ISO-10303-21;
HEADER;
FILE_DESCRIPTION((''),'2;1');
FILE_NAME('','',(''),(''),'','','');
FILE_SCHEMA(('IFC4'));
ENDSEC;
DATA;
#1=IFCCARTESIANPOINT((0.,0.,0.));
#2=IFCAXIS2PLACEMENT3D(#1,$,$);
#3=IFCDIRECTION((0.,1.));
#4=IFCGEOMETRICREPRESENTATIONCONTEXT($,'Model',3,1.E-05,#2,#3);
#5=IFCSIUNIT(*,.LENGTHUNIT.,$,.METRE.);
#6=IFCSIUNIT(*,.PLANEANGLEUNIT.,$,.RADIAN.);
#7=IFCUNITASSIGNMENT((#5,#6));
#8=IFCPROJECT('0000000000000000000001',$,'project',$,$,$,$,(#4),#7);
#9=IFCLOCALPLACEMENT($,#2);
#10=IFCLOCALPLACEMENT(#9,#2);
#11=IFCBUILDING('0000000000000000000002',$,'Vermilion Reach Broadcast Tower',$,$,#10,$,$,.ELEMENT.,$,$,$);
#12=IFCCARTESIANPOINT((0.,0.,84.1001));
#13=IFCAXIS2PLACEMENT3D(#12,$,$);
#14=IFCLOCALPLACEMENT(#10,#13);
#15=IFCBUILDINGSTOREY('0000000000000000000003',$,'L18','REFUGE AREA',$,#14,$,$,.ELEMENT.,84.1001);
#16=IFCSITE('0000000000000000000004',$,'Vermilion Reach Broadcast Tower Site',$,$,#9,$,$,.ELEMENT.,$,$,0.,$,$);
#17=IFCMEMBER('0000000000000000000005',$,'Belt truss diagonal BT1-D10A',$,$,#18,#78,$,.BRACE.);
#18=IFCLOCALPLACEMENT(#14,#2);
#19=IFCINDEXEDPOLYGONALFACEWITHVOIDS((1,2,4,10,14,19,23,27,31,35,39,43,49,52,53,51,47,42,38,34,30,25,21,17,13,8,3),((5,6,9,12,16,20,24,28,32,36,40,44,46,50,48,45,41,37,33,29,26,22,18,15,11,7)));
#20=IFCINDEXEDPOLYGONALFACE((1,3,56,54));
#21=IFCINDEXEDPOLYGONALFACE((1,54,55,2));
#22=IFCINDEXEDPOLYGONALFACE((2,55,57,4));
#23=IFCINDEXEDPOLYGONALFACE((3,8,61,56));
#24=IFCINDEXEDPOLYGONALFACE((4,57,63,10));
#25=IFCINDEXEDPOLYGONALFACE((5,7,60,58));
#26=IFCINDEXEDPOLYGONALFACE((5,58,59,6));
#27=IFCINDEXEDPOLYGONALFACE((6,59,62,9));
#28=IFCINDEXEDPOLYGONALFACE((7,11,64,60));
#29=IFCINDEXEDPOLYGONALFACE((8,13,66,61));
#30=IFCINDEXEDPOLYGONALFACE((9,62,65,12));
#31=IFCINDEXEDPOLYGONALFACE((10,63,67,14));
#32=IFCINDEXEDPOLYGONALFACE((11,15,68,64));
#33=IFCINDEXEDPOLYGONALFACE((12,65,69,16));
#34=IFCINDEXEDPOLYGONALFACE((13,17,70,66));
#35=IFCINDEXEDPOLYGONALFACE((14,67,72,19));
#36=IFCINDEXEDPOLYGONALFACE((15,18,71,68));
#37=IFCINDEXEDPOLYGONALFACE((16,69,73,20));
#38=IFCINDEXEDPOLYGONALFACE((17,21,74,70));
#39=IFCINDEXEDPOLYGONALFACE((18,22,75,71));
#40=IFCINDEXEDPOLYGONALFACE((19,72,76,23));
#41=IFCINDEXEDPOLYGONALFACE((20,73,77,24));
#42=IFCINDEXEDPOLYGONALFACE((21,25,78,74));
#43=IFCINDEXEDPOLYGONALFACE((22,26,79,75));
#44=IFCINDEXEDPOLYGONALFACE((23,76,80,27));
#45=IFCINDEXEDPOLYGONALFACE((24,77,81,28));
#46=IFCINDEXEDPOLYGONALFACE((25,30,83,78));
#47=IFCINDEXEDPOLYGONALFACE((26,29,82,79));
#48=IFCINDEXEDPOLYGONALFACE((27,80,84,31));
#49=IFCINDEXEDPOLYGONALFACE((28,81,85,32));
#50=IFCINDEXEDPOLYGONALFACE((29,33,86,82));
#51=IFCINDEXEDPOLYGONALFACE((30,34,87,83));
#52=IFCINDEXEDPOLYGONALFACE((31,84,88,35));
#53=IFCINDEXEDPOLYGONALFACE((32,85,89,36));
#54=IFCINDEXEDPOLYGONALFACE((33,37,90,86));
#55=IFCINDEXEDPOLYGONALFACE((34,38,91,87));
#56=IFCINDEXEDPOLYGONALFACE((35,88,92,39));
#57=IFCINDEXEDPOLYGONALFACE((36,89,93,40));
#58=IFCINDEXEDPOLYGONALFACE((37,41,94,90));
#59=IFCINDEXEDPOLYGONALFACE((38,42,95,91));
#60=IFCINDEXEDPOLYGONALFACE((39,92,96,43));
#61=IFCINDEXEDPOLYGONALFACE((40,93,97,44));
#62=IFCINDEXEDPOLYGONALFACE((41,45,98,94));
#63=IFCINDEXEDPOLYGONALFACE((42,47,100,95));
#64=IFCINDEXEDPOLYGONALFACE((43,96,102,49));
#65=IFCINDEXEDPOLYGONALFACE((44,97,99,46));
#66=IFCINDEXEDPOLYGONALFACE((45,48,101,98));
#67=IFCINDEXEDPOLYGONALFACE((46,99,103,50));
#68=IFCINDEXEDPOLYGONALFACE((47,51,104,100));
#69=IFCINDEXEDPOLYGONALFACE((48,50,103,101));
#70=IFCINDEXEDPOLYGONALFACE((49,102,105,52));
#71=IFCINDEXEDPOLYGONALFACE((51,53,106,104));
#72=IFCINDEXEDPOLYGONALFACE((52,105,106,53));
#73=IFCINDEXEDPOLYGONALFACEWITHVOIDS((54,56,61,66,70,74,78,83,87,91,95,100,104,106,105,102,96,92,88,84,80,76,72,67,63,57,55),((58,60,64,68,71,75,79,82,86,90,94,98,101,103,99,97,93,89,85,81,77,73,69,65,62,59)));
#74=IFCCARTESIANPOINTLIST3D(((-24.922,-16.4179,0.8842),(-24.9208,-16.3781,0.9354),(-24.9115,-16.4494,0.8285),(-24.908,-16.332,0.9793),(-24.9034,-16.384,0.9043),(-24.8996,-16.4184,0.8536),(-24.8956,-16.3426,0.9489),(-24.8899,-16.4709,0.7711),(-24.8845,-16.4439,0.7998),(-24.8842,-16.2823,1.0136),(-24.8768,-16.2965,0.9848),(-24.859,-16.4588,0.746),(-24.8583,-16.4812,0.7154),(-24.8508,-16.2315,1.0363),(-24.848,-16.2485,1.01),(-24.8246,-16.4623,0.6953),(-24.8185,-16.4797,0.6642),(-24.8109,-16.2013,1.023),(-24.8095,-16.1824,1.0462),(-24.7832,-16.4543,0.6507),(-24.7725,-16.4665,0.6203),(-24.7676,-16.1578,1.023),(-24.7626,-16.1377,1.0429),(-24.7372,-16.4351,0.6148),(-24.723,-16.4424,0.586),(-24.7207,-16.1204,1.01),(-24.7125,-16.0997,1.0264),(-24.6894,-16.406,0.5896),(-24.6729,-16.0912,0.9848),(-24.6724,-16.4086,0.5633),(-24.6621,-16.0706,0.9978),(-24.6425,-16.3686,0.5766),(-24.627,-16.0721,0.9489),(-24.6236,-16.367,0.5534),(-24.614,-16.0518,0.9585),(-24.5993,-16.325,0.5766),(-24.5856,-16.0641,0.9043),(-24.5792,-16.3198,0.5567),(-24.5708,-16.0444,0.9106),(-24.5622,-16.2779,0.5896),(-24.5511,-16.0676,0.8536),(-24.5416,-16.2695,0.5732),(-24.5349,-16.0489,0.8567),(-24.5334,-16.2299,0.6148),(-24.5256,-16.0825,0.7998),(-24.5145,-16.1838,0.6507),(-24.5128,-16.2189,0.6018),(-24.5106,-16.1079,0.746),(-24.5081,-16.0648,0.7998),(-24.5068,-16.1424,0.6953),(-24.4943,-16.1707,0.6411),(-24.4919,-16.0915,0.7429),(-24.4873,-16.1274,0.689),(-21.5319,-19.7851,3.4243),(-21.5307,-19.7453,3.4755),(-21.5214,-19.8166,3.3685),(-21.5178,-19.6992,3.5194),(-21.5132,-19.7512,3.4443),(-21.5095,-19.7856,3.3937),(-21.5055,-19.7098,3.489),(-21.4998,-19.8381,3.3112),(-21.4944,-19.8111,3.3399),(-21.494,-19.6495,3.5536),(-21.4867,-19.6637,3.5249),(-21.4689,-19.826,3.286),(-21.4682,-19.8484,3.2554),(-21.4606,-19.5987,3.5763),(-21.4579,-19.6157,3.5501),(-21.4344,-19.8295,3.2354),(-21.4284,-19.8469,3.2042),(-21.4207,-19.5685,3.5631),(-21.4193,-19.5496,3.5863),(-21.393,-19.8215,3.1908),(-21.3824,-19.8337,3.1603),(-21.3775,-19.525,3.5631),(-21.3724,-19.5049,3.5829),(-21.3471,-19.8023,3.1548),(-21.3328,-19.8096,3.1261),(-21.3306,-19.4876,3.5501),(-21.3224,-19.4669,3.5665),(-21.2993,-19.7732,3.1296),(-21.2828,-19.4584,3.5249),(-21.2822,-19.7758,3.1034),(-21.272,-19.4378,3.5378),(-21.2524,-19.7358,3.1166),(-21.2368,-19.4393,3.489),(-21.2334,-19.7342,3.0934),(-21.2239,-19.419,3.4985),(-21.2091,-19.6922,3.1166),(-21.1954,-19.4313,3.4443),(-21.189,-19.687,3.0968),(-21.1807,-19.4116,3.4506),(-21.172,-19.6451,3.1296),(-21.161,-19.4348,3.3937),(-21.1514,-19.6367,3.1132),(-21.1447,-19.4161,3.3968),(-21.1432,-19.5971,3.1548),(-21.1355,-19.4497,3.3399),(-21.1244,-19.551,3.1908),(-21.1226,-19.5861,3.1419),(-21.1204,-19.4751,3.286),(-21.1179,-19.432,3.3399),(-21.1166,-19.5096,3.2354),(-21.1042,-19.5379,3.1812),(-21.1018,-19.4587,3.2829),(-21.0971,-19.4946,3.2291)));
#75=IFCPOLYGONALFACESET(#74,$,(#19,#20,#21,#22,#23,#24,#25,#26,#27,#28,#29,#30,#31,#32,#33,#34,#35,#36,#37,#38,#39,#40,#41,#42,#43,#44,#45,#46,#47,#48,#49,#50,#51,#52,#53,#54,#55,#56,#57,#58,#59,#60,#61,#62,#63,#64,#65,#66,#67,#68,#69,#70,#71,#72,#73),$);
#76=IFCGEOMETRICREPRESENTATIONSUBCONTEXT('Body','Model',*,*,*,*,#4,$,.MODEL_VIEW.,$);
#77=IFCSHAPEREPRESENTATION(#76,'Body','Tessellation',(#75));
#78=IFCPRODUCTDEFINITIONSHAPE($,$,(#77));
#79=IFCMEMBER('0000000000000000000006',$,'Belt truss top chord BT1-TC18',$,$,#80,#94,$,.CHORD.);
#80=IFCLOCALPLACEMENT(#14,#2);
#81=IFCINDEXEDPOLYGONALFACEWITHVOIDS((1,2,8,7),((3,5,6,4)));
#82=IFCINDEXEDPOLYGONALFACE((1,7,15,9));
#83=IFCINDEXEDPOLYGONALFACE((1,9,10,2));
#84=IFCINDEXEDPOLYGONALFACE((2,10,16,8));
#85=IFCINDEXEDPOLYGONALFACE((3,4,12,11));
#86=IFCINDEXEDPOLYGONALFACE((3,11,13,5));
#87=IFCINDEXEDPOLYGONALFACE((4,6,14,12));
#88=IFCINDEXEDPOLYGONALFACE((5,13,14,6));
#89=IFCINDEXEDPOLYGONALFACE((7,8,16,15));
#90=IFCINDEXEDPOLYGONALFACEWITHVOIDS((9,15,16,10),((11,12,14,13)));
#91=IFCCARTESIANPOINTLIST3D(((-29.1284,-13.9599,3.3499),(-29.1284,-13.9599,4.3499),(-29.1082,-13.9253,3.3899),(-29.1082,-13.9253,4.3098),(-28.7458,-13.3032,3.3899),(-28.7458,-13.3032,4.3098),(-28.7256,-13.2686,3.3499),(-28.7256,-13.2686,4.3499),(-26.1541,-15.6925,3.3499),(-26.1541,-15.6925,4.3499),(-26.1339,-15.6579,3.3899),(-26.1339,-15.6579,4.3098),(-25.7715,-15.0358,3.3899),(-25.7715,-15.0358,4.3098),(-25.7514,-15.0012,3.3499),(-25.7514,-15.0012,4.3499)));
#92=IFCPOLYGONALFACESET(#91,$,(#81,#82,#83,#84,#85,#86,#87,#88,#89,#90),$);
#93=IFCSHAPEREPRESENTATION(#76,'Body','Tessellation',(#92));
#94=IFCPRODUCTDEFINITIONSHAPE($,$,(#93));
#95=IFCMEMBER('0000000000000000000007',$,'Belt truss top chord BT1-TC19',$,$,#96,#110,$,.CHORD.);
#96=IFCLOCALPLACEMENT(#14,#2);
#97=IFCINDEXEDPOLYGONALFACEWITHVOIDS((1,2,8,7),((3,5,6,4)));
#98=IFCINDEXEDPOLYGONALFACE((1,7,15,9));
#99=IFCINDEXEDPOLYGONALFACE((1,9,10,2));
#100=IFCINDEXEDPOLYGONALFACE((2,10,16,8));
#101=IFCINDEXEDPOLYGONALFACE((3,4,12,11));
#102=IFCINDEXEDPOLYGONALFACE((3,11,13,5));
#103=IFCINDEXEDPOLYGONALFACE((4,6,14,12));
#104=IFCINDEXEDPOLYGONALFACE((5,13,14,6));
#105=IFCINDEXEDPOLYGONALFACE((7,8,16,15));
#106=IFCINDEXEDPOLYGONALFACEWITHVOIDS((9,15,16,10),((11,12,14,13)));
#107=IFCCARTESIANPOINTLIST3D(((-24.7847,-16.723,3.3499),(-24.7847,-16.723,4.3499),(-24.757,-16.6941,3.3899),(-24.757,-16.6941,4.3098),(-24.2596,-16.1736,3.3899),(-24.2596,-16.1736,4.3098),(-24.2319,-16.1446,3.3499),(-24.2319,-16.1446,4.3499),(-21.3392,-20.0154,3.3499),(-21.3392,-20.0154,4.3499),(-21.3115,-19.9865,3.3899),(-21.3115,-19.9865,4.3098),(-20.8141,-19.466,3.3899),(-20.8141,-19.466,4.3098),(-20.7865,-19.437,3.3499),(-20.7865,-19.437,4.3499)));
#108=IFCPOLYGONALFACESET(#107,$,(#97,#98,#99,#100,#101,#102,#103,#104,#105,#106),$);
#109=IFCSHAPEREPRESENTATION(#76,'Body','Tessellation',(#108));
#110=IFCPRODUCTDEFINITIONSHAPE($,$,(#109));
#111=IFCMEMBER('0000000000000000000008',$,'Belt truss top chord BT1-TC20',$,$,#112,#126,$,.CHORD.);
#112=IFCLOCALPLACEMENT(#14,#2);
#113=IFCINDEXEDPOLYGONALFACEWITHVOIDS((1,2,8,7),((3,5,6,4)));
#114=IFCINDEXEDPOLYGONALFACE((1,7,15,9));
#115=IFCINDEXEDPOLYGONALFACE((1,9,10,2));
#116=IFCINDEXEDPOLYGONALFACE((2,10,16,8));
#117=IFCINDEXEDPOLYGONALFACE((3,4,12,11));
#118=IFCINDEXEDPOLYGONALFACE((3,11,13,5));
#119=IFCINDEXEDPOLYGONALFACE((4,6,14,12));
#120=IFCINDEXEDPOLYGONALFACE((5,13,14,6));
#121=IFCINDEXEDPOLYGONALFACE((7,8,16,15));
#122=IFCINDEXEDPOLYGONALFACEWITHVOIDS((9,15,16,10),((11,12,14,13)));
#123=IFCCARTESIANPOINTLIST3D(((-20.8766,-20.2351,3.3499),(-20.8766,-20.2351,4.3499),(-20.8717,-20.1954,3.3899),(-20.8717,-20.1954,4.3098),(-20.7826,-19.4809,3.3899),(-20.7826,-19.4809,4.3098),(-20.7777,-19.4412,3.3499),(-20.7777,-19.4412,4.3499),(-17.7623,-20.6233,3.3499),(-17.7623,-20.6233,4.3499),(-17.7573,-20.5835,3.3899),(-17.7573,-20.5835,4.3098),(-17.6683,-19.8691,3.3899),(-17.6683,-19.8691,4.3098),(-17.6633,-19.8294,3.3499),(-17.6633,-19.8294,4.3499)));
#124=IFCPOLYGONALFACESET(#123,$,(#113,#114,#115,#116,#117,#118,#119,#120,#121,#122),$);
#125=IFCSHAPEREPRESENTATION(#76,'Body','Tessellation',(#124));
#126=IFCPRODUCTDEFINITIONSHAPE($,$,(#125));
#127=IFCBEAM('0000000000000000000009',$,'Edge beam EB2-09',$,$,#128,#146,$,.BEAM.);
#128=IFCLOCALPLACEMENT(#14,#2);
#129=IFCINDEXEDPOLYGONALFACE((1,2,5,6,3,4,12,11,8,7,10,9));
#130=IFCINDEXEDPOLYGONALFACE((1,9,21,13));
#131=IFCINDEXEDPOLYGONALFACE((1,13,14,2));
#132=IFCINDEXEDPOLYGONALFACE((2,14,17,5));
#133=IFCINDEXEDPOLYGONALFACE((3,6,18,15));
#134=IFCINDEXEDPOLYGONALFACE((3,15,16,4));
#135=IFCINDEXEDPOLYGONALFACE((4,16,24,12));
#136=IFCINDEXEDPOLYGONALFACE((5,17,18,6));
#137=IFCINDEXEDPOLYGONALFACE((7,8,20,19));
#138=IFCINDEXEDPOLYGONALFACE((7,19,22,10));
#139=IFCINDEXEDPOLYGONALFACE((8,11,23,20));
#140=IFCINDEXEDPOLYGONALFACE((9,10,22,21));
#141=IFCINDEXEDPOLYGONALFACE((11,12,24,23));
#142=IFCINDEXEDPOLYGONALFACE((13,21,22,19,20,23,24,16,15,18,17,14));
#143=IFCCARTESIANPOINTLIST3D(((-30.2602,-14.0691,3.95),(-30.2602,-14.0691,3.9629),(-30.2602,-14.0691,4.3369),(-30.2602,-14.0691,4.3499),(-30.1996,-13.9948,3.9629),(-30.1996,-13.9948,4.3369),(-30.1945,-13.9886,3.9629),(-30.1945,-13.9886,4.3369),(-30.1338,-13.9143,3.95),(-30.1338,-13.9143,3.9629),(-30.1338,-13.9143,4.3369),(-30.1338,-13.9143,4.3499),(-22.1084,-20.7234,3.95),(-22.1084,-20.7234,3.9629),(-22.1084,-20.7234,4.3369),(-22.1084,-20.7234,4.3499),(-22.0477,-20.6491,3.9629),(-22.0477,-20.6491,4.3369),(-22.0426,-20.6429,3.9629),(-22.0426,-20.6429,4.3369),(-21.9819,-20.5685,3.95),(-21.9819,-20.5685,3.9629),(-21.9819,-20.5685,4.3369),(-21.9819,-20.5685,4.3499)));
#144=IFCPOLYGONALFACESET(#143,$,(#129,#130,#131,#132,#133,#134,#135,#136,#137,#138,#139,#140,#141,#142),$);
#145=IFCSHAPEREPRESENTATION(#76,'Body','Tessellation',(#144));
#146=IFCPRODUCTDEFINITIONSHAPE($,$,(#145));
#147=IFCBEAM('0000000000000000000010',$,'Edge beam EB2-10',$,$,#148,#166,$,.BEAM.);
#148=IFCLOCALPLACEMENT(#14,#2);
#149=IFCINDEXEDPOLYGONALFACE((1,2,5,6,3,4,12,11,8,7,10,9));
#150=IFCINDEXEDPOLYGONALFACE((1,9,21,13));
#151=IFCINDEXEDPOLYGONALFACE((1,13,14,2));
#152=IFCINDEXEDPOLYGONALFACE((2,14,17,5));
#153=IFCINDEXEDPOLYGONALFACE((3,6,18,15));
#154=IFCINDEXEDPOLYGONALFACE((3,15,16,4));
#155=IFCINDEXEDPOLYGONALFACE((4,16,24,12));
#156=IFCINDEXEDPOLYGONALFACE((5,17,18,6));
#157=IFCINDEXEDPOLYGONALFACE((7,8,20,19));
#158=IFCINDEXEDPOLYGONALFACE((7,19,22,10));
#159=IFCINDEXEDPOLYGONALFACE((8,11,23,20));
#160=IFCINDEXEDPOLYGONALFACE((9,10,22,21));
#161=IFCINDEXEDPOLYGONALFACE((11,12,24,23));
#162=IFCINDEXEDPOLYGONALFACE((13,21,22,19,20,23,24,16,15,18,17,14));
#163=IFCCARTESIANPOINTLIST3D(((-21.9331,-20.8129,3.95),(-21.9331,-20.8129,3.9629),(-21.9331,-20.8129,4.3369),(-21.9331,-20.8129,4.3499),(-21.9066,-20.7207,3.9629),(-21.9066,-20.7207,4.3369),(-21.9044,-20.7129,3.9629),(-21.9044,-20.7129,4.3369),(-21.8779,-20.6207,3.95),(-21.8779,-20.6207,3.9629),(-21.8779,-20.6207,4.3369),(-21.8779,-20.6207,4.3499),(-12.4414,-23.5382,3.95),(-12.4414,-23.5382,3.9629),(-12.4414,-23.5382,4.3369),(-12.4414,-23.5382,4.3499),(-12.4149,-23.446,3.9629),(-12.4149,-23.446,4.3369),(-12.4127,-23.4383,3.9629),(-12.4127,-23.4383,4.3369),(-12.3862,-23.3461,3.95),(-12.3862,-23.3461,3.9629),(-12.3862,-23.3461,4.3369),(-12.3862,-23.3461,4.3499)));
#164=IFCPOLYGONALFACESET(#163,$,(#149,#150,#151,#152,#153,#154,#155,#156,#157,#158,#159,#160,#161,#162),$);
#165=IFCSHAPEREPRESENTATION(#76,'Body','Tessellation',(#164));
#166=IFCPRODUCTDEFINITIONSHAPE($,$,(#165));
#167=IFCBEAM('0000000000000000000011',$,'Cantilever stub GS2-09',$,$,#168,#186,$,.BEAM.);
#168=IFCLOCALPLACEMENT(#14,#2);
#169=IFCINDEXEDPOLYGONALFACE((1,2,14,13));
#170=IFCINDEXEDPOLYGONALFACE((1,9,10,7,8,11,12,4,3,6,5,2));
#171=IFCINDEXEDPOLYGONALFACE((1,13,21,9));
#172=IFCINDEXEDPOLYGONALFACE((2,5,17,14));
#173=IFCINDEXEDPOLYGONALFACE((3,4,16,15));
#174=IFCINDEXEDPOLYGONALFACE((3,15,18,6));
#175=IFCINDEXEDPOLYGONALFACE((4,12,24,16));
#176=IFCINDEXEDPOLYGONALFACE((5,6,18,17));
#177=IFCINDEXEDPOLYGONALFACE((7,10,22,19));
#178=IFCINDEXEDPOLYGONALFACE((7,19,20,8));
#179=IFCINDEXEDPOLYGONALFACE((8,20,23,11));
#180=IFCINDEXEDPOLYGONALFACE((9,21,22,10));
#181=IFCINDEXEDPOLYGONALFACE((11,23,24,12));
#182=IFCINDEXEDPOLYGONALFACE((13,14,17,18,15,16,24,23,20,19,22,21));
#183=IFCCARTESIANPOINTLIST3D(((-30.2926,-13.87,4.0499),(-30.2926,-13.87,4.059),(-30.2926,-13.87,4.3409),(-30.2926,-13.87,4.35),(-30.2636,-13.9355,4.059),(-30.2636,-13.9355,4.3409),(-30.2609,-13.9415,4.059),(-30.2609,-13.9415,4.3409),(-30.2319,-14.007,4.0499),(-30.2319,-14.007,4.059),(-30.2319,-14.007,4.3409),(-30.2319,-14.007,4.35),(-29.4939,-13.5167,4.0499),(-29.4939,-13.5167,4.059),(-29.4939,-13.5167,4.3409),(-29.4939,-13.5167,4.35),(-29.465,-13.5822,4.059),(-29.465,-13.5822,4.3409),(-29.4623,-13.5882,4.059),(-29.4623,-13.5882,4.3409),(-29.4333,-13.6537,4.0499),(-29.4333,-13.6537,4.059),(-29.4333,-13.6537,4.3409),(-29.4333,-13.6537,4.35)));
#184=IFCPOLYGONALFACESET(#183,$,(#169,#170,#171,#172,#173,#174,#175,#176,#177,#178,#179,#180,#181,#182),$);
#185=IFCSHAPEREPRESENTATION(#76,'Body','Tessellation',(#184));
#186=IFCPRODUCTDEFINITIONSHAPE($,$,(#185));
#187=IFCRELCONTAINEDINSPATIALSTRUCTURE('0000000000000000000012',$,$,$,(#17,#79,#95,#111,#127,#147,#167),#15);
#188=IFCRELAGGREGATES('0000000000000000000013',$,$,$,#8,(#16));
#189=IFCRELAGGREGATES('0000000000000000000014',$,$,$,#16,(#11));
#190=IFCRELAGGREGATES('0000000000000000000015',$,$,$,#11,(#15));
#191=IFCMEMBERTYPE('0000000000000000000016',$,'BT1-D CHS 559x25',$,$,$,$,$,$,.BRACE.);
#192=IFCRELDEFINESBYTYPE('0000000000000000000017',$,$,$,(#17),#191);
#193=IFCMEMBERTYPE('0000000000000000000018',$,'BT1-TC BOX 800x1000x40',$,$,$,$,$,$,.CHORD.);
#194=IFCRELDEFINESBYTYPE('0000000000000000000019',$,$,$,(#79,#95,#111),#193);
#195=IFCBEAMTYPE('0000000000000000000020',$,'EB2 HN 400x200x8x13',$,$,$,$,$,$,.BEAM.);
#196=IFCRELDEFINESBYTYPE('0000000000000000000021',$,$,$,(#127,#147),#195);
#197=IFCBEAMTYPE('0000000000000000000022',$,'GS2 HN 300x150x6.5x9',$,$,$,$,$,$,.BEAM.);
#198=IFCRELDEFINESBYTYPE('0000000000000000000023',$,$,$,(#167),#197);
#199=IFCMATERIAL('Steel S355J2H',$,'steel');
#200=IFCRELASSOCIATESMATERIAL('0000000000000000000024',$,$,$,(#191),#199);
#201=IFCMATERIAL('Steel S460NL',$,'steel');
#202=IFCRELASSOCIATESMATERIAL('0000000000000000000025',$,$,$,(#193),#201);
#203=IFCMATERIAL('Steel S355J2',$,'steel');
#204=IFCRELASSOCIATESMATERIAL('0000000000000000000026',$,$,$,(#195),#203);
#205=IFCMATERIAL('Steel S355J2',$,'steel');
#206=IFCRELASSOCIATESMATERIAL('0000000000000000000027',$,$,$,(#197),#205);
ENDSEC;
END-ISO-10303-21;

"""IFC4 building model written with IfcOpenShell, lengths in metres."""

from ifc_helpers import new_model, si_unit, direction, frame, origin, origin_2d, place, context, subcontext, project, spatial, hollow_rectangle, hollow_circle, i_section, extrude, material, material_profile, profile_set, type_object, element, save


model = new_model("IFC4")

# Units and contexts
model_context = context("Model", 3, precision=1e-05, world=origin(), true_north=direction((0.0, 1.0)))
body_context = subcontext(model_context, "Body", "Model", "MODEL_VIEW")
ifc_project = project(units=[si_unit("LENGTHUNIT", "METRE"), si_unit("PLANEANGLEUNIT", "RADIAN")], contexts=[model_context])

# Site, building, storey
site_placement = place(None, origin())
site = spatial("IfcSite", under=ifc_project, at=site_placement, Name="Vermilion Reach Broadcast Tower Site", CompositionType="ELEMENT", RefElevation=0.0)
building_placement = place(site_placement, origin())
building = spatial("IfcBuilding", under=site, at=building_placement, Name="Vermilion Reach Broadcast Tower", CompositionType="ELEMENT")
storey_placement = place(building_placement, frame((0.0, 0.0, 84.1001)))
storey = spatial("IfcBuildingStorey", under=building, at=storey_placement, Name="L18", Description="REFUGE AREA", CompositionType="ELEMENT", Elevation=84.1001)

# Members
ifc_material_1 = material(Name="Steel S355J2H", Category="steel")
ifc_material_profile_1 = material_profile(ifc_material_1, hollow_circle(Radius=0.2795, WallThickness=0.0249, at=origin_2d()), Name="S355J2H CHS 559x25")
ifc_profile_set_1 = profile_set([ifc_material_profile_1], Name="Steel S355J2H")
member_type_1 = type_object("IfcMemberType", Name="BT1-D CHS 559x25", PredefinedType="BRACE", material=ifc_profile_set_1)
member_1_placement = place(storey_placement, frame((-24.7051, -16.2632, 0.7998), z_axis=(0.626486, -0.622245, 0.46939), x_axis=(0.704701, 0.709504, 0.0)))
element("IfcMember", 1, at=member_1_placement, inside=storey, type_object=member_type_1, Name="Belt truss diagonal BT1-D10A", PredefinedType="BRACE", context=body_context, shape_type="SweptSolid", body=[
    extrude(hollow_circle(Radius=0.2795, WallThickness=0.0249, at=origin_2d()), origin(), (0.0, 0.0, 1.0), 5.4114),
])
ifc_material_2 = material(Name="Steel S460NL", Category="steel")
ifc_material_profile_2 = material_profile(ifc_material_2, hollow_rectangle(XDim=0.8, YDim=1.0, WallThickness=0.04, at=origin_2d()), Name="S460NL BOX 800x1000x40")
ifc_profile_set_2 = profile_set([ifc_material_profile_2], Name="Steel S460NL")
member_type_2 = type_object("IfcMemberType", Name="BT1-TC BOX 800x1000x40", PredefinedType="CHORD", material=ifc_profile_set_2)
member_2_placement = place(storey_placement, frame((-28.927, -13.6143, 3.8499), z_axis=(0.86408, -0.503355, 0.0), x_axis=(0.503355, 0.86408, 0.0)))
element("IfcMember", 2, at=member_2_placement, inside=storey, type_object=member_type_2, Name="Belt truss top chord BT1-TC18", PredefinedType="CHORD", context=body_context, shape_type="SweptSolid", body=[
    extrude(hollow_rectangle(XDim=0.8, YDim=1.0, WallThickness=0.04, at=origin_2d()), origin(), (0.0, 0.0, 1.0), 3.4421),
])
member_3_placement = place(storey_placement, frame((-24.5083, -16.4338, 3.8499), z_axis=(0.722984, -0.690864, 0.0), x_axis=(0.690864, 0.722984, 0.0)))
element("IfcMember", 3, at=member_3_placement, inside=storey, type_object=member_type_2, Name="Belt truss top chord BT1-TC19", PredefinedType="CHORD", context=body_context, shape_type="SweptSolid", body=[
    extrude(hollow_rectangle(XDim=0.8, YDim=1.0, WallThickness=0.04, at=origin_2d()), origin(), (0.0, 0.0, 1.0), 4.7656),
])
member_4_placement = place(storey_placement, frame((-20.8271, -19.8381, 3.8499), z_axis=(0.992321, -0.12369, 0.0), x_axis=(0.12369, 0.992321, 0.0)))
element("IfcMember", 4, at=member_4_placement, inside=storey, type_object=member_type_2, Name="Belt truss top chord BT1-TC20", PredefinedType="CHORD", context=body_context, shape_type="SweptSolid", body=[
    extrude(hollow_rectangle(XDim=0.8, YDim=1.0, WallThickness=0.04, at=origin_2d()), origin(), (0.0, 0.0, 1.0), 3.1384),
])

# Beams
ifc_material_3 = material(Name="Steel S355J2", Category="steel")
ifc_material_profile_3 = material_profile(ifc_material_3, i_section(OverallWidth=0.2, OverallDepth=0.3999, WebThickness=0.0081, FlangeThickness=0.0129, at=origin_2d()), Name="S355J2 HN 400x200x8x13")
ifc_profile_set_3 = profile_set([ifc_material_profile_3], Name="Steel S355J2")
beam_type_1 = type_object("IfcBeamType", Name="EB2 HN 400x200x8x13", PredefinedType="BEAM", material=ifc_profile_set_3)
beam_1_placement = place(storey_placement, frame((-30.197, -13.9917, 4.1499), z_axis=(0.774674, -0.632361, 0.0), x_axis=(0.632361, 0.774674, 0.0)))
element("IfcBeam", 5, at=beam_1_placement, inside=storey, type_object=beam_type_1, Name="Edge beam EB2-09", PredefinedType="BEAM", context=body_context, shape_type="SweptSolid", body=[
    extrude(i_section(OverallWidth=0.2, OverallDepth=0.3999, WebThickness=0.0081, FlangeThickness=0.0129, at=origin_2d()), origin(), (0.0, 0.0, 1.0), 10.5229),
])
beam_2_placement = place(storey_placement, frame((-21.9055, -20.7168, 4.1499), z_axis=(0.961164, -0.275978, 0.0), x_axis=(0.275978, 0.961164, 0.0)))
element("IfcBeam", 6, at=beam_2_placement, inside=storey, type_object=beam_type_1, Name="Edge beam EB2-10", PredefinedType="BEAM", context=body_context, shape_type="SweptSolid", body=[
    extrude(i_section(OverallWidth=0.2, OverallDepth=0.3999, WebThickness=0.0081, FlangeThickness=0.0129, at=origin_2d()), origin(), (0.0, 0.0, 1.0), 9.8752),
])
ifc_material_4 = material(Name="Steel S355J2", Category="steel")
ifc_material_profile_4 = material_profile(ifc_material_4, i_section(OverallWidth=0.1499, OverallDepth=0.3, WebThickness=0.0066, FlangeThickness=0.009, at=origin_2d()), Name="S355J2 HN 300x150x6.5x9")
ifc_profile_set_4 = profile_set([ifc_material_profile_4], Name="Steel S355J2")
beam_type_2 = type_object("IfcBeamType", Name="GS2 HN 300x150x6.5x9", PredefinedType="BEAM", material=ifc_profile_set_4)
beam_3_placement = place(storey_placement, frame((-29.4636, -13.5852, 4.2), z_axis=(-0.914513, -0.404555, 0.0), x_axis=(0.404555, -0.914513, 0.0)))
element("IfcBeam", 7, at=beam_3_placement, inside=storey, type_object=beam_type_2, Name="Cantilever stub GS2-09", PredefinedType="BEAM", context=body_context, shape_type="SweptSolid", body=[
    extrude(i_section(OverallWidth=0.1499, OverallDepth=0.3, WebThickness=0.0066, FlangeThickness=0.009, at=origin_2d()), origin(), (0.0, 0.0, 1.0), 0.8733),
])

save(model, "model.ifc")
